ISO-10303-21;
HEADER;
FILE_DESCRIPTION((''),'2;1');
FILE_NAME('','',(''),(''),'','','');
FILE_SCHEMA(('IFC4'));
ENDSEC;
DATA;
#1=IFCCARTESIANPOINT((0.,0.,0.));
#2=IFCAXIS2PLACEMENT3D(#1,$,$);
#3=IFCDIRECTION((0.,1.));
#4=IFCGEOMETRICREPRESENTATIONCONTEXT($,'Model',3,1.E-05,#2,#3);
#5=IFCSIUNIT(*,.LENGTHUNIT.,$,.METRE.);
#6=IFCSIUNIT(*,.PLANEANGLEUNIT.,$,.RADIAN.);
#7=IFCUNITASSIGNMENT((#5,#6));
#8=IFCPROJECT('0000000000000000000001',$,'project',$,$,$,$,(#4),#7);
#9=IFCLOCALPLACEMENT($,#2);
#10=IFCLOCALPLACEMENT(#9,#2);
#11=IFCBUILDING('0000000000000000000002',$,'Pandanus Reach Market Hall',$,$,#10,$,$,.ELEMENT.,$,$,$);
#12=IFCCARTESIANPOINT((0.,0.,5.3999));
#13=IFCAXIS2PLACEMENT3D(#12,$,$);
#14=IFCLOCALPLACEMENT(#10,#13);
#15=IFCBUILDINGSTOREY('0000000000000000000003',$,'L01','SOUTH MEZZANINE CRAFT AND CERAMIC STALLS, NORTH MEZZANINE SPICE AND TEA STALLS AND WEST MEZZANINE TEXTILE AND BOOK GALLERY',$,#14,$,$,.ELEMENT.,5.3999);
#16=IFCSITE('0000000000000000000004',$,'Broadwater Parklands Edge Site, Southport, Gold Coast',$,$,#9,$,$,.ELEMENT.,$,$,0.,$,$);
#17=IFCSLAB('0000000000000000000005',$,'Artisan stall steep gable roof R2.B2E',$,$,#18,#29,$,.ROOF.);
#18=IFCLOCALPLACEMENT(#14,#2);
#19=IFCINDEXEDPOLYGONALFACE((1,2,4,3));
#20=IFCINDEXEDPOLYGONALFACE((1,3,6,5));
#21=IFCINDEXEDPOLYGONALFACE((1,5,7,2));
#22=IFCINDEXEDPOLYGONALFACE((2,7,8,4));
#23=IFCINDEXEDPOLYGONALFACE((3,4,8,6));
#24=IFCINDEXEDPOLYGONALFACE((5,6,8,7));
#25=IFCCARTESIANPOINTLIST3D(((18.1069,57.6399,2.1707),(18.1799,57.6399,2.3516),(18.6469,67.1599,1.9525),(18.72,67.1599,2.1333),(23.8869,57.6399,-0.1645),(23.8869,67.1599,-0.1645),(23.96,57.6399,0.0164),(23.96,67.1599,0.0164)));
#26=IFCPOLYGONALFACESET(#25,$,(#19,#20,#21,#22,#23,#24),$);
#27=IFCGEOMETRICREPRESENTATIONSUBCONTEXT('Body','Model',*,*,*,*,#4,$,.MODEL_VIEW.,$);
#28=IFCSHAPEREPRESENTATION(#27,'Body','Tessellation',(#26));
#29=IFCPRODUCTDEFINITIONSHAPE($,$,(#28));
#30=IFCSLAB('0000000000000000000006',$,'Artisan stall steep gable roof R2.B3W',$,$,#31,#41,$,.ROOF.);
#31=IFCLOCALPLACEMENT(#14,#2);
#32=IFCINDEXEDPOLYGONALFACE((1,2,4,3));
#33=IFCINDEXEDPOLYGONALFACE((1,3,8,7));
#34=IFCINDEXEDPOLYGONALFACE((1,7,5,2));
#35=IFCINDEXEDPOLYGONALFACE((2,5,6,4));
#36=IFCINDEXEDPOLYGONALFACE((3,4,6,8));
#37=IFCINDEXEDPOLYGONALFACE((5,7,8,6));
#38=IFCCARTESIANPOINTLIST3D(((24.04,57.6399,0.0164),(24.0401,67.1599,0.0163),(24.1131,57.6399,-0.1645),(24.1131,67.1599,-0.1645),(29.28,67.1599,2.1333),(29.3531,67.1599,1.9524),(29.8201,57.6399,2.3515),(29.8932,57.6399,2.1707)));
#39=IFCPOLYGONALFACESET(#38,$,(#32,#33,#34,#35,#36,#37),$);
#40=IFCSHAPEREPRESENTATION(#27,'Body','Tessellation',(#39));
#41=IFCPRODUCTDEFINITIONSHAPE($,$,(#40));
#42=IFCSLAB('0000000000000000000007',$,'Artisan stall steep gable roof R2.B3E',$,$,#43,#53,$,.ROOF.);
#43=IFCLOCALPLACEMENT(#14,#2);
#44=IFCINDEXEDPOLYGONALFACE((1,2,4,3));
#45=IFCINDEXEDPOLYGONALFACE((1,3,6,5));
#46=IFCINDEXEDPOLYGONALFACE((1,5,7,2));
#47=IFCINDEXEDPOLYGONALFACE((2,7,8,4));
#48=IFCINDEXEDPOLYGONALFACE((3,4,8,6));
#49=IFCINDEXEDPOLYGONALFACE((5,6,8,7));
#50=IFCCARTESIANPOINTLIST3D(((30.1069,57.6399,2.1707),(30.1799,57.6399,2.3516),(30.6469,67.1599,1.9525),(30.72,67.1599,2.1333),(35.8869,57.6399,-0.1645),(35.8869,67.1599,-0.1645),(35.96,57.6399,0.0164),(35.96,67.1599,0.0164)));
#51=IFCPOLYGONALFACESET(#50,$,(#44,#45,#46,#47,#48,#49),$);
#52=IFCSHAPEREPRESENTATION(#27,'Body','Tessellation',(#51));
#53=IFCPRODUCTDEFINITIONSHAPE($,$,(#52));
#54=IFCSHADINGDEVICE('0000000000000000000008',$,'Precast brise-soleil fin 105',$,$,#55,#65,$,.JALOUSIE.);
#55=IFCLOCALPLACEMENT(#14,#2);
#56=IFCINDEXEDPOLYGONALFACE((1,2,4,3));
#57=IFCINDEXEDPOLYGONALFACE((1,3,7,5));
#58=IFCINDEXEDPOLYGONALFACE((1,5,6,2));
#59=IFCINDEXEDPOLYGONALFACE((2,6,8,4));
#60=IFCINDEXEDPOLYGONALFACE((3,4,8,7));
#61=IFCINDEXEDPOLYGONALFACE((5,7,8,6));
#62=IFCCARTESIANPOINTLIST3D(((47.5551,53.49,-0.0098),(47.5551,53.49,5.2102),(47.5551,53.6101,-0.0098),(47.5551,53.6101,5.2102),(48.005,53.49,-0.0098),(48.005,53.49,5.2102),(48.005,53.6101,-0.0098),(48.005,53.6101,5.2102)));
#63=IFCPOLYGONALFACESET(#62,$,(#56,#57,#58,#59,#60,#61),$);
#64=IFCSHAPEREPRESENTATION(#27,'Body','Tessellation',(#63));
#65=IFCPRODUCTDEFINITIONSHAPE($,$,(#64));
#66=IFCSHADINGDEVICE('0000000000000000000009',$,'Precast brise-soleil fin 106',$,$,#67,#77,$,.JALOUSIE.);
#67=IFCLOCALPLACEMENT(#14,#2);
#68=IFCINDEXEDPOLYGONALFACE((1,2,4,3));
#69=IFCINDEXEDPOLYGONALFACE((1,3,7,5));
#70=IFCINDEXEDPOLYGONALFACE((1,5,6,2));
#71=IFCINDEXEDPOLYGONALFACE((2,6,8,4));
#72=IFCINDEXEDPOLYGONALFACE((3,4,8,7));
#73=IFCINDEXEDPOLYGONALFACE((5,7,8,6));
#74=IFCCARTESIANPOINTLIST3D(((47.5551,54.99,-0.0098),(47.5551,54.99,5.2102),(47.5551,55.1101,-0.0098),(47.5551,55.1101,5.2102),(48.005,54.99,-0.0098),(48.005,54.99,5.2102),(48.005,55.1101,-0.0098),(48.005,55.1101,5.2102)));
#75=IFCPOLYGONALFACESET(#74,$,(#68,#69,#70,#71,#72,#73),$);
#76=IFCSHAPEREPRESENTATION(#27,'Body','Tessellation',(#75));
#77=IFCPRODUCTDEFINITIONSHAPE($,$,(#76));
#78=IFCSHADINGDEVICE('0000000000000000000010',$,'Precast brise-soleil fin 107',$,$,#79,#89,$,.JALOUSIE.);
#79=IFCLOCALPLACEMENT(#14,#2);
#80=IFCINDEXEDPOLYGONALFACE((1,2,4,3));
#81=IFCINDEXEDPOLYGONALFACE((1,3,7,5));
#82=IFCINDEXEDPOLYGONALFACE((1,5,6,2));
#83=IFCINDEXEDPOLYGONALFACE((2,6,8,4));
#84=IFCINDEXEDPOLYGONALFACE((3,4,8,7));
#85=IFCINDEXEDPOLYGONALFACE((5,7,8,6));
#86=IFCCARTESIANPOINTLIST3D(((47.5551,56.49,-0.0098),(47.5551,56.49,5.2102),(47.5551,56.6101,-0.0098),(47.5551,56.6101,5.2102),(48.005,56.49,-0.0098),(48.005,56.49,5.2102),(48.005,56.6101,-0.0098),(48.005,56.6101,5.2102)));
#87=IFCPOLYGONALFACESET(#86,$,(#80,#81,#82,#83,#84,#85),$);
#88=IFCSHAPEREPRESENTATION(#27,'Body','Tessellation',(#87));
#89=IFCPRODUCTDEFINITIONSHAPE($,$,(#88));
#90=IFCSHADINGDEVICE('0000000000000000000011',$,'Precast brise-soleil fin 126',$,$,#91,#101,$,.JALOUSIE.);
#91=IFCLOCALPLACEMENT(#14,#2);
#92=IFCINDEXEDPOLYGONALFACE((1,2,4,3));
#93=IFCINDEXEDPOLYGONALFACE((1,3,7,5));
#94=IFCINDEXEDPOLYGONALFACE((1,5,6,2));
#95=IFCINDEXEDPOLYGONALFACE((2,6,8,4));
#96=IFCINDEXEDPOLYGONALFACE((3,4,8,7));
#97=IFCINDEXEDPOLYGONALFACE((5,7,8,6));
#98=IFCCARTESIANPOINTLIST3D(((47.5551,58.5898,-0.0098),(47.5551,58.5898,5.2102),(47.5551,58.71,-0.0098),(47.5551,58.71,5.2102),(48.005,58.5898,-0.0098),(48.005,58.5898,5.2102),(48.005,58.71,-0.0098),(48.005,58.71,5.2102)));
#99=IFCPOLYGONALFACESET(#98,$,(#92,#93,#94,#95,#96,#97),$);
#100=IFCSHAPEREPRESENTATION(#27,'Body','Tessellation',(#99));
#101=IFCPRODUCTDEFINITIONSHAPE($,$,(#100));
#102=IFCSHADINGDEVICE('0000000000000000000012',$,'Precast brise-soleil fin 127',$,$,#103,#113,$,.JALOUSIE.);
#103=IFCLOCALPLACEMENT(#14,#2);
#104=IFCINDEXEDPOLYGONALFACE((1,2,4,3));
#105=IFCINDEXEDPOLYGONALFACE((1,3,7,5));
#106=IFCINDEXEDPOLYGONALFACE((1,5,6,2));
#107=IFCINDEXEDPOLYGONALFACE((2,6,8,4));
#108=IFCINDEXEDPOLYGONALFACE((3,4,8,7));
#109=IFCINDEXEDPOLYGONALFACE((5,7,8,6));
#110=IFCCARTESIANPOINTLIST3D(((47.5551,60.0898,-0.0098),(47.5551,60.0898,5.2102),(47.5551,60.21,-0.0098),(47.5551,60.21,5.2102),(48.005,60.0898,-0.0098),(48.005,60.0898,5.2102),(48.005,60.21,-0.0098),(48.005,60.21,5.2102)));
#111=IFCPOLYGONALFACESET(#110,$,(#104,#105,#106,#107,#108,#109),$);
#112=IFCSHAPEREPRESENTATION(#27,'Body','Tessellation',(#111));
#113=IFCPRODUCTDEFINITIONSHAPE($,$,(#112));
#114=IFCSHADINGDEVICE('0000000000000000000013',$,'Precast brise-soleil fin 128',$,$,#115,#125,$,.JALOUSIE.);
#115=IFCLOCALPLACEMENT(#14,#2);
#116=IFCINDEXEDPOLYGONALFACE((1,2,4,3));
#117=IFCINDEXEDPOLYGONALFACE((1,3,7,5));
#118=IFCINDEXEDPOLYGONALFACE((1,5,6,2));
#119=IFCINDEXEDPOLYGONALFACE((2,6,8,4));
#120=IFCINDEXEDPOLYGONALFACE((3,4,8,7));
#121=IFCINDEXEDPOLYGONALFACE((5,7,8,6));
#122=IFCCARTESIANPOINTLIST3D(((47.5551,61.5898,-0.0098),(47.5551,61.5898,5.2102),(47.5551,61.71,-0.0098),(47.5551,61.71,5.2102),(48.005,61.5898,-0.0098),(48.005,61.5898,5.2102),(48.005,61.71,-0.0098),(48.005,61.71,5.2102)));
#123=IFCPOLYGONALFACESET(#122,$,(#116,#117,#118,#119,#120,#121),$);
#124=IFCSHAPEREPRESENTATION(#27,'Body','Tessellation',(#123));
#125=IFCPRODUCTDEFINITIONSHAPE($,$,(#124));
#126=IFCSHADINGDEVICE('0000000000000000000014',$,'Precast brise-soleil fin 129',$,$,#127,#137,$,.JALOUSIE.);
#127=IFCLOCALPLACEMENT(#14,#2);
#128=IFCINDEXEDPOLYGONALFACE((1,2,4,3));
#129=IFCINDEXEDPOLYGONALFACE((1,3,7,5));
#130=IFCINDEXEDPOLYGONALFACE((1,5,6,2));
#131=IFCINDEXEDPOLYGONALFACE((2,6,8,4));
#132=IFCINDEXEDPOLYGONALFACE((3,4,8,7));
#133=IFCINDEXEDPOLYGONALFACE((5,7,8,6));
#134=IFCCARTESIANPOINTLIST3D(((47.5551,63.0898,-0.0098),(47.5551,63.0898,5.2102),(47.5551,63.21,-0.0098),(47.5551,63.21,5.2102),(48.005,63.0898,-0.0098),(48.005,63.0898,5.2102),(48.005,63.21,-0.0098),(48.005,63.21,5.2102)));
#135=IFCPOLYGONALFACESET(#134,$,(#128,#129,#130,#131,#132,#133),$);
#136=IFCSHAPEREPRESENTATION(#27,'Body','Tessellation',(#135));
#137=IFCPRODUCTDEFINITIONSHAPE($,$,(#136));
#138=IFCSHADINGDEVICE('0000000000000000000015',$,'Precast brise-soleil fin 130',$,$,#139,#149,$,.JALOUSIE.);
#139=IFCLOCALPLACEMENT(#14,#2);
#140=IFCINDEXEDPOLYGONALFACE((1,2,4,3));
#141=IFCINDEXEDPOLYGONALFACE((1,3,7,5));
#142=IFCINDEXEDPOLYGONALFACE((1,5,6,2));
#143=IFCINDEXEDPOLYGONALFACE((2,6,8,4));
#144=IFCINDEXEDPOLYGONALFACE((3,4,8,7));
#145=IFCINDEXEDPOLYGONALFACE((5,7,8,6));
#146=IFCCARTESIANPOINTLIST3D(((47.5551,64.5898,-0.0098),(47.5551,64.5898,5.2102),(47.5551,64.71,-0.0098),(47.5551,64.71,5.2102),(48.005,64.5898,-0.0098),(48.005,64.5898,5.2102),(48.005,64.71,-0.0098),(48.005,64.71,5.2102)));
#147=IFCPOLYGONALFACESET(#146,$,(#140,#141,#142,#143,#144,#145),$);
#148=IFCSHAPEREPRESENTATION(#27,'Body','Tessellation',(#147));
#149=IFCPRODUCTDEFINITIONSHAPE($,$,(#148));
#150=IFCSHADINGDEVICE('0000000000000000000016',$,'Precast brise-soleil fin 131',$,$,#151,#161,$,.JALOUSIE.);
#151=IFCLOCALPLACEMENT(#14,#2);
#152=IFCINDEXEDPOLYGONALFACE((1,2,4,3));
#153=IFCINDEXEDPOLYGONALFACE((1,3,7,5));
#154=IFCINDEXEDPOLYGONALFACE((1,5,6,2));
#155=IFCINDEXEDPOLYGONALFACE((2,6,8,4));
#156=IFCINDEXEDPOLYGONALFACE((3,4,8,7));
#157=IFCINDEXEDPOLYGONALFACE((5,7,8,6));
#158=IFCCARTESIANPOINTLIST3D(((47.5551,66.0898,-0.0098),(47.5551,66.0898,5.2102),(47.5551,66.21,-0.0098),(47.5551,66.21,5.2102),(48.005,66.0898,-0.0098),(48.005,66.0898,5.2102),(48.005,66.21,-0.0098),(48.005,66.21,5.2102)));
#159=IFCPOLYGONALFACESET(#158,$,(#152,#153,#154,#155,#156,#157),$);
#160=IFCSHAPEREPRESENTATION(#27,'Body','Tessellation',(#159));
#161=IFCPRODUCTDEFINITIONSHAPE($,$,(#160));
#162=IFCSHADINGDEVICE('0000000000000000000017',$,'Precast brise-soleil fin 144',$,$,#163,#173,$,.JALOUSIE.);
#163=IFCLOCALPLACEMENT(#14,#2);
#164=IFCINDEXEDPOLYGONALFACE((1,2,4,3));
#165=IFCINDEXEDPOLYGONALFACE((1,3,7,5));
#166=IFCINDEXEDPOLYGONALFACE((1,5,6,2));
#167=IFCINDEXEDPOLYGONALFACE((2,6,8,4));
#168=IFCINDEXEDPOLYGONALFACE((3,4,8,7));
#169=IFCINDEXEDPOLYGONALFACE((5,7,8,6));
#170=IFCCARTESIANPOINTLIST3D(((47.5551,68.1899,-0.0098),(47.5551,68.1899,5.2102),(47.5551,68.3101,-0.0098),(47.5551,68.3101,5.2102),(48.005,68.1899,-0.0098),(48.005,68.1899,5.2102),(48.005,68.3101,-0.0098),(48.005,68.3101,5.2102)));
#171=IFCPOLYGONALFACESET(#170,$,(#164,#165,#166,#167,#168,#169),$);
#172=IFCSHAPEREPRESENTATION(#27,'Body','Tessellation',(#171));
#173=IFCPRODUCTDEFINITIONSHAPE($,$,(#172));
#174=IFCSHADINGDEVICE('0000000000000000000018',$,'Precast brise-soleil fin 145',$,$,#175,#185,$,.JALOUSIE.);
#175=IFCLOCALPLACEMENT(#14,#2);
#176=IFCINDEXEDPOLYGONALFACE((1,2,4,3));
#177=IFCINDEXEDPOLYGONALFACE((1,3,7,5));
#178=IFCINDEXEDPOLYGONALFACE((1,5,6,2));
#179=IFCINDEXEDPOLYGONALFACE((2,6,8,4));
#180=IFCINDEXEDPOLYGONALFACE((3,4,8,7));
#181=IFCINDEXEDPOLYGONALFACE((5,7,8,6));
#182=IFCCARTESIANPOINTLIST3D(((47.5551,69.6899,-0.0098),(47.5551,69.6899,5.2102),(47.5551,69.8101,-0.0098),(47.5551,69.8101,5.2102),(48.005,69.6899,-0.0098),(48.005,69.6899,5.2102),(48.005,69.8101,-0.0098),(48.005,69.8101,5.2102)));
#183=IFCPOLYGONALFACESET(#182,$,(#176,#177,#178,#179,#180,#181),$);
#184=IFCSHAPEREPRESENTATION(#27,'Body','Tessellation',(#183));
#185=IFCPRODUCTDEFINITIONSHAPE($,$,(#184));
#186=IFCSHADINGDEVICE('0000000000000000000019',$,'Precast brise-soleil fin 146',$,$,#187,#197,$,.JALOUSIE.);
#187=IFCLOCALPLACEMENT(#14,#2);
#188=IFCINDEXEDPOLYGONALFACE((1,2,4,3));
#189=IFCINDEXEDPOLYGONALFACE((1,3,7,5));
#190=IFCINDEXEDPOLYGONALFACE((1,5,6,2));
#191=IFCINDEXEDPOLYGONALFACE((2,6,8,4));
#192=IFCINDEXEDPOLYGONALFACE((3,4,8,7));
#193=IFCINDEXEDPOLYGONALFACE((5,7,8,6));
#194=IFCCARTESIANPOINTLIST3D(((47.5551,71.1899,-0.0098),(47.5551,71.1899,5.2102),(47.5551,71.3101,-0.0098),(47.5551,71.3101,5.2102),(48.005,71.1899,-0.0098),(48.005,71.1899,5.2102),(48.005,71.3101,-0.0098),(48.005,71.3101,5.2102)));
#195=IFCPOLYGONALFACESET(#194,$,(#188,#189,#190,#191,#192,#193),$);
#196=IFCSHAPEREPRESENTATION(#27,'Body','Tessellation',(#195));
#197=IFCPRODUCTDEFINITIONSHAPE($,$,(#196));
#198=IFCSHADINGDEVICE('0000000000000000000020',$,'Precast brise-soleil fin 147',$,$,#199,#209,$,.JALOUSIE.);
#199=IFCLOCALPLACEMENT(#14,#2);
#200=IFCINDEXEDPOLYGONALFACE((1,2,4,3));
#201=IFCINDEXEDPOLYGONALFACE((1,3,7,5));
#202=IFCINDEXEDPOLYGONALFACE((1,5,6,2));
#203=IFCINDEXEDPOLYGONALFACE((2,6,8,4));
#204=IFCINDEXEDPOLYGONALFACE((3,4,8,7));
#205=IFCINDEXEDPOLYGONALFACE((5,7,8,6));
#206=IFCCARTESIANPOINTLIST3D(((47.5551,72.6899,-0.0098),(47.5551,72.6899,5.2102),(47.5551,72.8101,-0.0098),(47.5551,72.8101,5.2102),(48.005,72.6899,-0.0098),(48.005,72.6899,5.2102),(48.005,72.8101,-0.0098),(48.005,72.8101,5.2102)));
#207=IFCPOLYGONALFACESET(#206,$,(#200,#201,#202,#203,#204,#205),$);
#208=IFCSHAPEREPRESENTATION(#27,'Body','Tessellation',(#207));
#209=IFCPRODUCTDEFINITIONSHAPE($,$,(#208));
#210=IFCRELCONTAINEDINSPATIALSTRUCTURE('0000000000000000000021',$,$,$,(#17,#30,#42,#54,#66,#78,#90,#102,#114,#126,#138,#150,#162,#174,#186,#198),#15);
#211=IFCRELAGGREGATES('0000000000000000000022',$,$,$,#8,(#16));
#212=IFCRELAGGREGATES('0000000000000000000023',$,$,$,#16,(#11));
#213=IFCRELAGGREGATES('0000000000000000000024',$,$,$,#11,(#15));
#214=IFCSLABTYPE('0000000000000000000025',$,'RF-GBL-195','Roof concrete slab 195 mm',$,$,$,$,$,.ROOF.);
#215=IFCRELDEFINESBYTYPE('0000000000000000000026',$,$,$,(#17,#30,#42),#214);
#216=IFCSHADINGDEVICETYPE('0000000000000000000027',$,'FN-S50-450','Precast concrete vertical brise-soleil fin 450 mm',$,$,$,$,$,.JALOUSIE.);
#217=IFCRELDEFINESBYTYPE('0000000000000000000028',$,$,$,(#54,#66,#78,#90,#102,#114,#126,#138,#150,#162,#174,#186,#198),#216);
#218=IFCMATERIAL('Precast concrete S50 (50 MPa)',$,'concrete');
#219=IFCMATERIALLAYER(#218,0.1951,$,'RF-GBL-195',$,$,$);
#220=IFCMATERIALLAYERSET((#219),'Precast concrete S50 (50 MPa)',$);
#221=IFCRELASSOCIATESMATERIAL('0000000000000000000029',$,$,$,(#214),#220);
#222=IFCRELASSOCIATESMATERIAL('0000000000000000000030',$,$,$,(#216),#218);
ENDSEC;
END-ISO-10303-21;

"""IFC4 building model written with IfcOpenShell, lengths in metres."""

from ifc_helpers import new_model, si_unit, direction, frame, origin, origin_2d, place, context, subcontext, project, spatial, polyline, rectangle, outline, extrude, material, layer, layer_set, type_object, element, save


model = new_model("IFC4")

# Units and contexts
model_context = context("Model", 3, precision=1e-05, world=origin(), true_north=direction((0.0, 1.0)))
body_context = subcontext(model_context, "Body", "Model", "MODEL_VIEW")
ifc_project = project(units=[si_unit("LENGTHUNIT", "METRE"), si_unit("PLANEANGLEUNIT", "RADIAN")], contexts=[model_context])

# Site, building, storey
site_placement = place(None, origin())
site = spatial("IfcSite", under=ifc_project, at=site_placement, Name="Broadwater Parklands Edge Site, Southport, Gold Coast", CompositionType="ELEMENT", RefElevation=0.0)
building_placement = place(site_placement, origin())
building = spatial("IfcBuilding", under=site, at=building_placement, Name="Pandanus Reach Market Hall", CompositionType="ELEMENT")
storey_placement = place(building_placement, frame((0.0, 0.0, 5.3999)))
storey = spatial("IfcBuildingStorey", under=building, at=storey_placement, Name="L01", Description="SOUTH MEZZANINE CRAFT AND CERAMIC STALLS, NORTH MEZZANINE SPICE AND TEA STALLS AND WEST MEZZANINE TEXTILE AND BOOK GALLERY", CompositionType="ELEMENT", Elevation=5.3999)

# Slabs
ifc_material_1 = material(Name="Precast concrete S50 (50 MPa)", Category="concrete")
ifc_layer_1 = layer(ifc_material_1, 0.1951, Name="RF-GBL-195")
ifc_layer_set_1 = layer_set([ifc_layer_1], Name="Precast concrete S50 (50 MPa)")
slab_type = type_object("IfcSlabType", Name="RF-GBL-195", Description="Roof concrete slab 195 mm", PredefinedType="ROOF", material=ifc_layer_set_1)
slab_1_placement = place(storey_placement, frame((18.1799, 57.6399, 2.3516), z_axis=(0.37459, 0.000004, 0.927191), x_axis=(0.927191, 0.0, -0.37459)))
element("IfcSlab", 1, at=slab_1_placement, inside=storey, type_object=slab_type, Name="Artisan stall steep gable roof R2.B2E", PredefinedType="ROOF", context=body_context, shape_type="SweptSolid", body=[
    extrude(outline(polyline([(0.0, 0.0), (6.2339, 0.0), (6.2339, 9.52), (0.5825, 9.52), (0.0, 0.0)])), origin(), (0.0, 0.0, -1.0), 0.1951),
])
slab_2_placement = place(storey_placement, frame((24.04, 57.6399, 0.0164), z_axis=(-0.37459, 0.000004, 0.927191), x_axis=(0.927191, 0.0, 0.37459)))
element("IfcSlab", 2, at=slab_2_placement, inside=storey, type_object=slab_type, Name="Artisan stall steep gable roof R2.B3W", PredefinedType="ROOF", context=body_context, shape_type="SweptSolid", body=[
    extrude(outline(polyline([(0.0, 0.0), (6.2339, 0.0), (5.6515, 9.52), (0.0, 9.52), (0.0, 0.0)])), origin(), (0.0, 0.0, -1.0), 0.1951),
])
slab_3_placement = place(storey_placement, frame((30.1799, 57.6399, 2.3516), z_axis=(0.37459, 0.000004, 0.927191), x_axis=(0.927191, 0.0, -0.37459)))
element("IfcSlab", 3, at=slab_3_placement, inside=storey, type_object=slab_type, Name="Artisan stall steep gable roof R2.B3E", PredefinedType="ROOF", context=body_context, shape_type="SweptSolid", body=[
    extrude(outline(polyline([(0.0, 0.0), (6.2339, 0.0), (6.2339, 9.52), (0.5825, 9.52), (0.0, 0.0)])), origin(), (0.0, 0.0, -1.0), 0.1951),
])

# Shading devices
shading_device_type = type_object("IfcShadingDeviceType", Name="FN-S50-450", Description="Precast concrete vertical brise-soleil fin 450 mm", PredefinedType="JALOUSIE", material=ifc_material_1)
for number, where, z_axis, x_axis, name in (
    (4, (47.78, 53.55, -0.0098), (0.0, 0.0, 1.0), (-1.0, 0.0, 0.0), "Precast brise-soleil fin 105"),
    (5, (47.78, 55.05, -0.0098), (0.0, 0.0, 1.0), (-1.0, 0.0, 0.0), "Precast brise-soleil fin 106"),
    (6, (47.78, 56.55, -0.0098), (0.0, 0.0, 1.0), (-1.0, 0.0, 0.0), "Precast brise-soleil fin 107"),
    (7, (47.78, 58.6499, -0.0098), (0.0, 0.0, 1.0), (-1.0, 0.0, 0.0), "Precast brise-soleil fin 126"),
    (8, (47.78, 60.1499, -0.0098), (0.0, 0.0, 1.0), (-1.0, 0.0, 0.0), "Precast brise-soleil fin 127"),
    (9, (47.78, 61.6499, -0.0098), (0.0, 0.0, 1.0), (-1.0, 0.0, 0.0), "Precast brise-soleil fin 128"),
    (10, (47.78, 63.1499, -0.0098), (0.0, 0.0, 1.0), (-1.0, 0.0, 0.0), "Precast brise-soleil fin 129"),
    (11, (47.78, 64.6499, -0.0098), (0.0, 0.0, 1.0), (-1.0, 0.0, 0.0), "Precast brise-soleil fin 130"),
    (12, (47.78, 66.1499, -0.0098), (0.0, 0.0, 1.0), (-1.0, 0.0, 0.0), "Precast brise-soleil fin 131"),
    (13, (47.78, 68.25, -0.0098), (0.0, 0.0, 1.0), (-1.0, 0.0, 0.0), "Precast brise-soleil fin 144"),
    (14, (47.78, 69.75, -0.0098), (0.0, 0.0, 1.0), (-1.0, 0.0, 0.0), "Precast brise-soleil fin 145"),
    (15, (47.78, 71.25, -0.0098), (0.0, 0.0, 1.0), (-1.0, 0.0, 0.0), "Precast brise-soleil fin 146"),
    (16, (47.78, 72.75, -0.0098), (0.0, 0.0, 1.0), (-1.0, 0.0, 0.0), "Precast brise-soleil fin 147"),
):
    element("IfcShadingDevice", number, at=place(storey_placement, frame(where, z_axis=z_axis, x_axis=x_axis)), inside=storey, type_object=shading_device_type, Name=name, PredefinedType="JALOUSIE", context=body_context, shape_type="SweptSolid", body=[
        extrude(rectangle(XDim=0.45, YDim=0.1201, at=origin_2d()), origin(), (0.0, 0.0, 1.0), 5.22),
    ])

save(model, "model.ifc")
